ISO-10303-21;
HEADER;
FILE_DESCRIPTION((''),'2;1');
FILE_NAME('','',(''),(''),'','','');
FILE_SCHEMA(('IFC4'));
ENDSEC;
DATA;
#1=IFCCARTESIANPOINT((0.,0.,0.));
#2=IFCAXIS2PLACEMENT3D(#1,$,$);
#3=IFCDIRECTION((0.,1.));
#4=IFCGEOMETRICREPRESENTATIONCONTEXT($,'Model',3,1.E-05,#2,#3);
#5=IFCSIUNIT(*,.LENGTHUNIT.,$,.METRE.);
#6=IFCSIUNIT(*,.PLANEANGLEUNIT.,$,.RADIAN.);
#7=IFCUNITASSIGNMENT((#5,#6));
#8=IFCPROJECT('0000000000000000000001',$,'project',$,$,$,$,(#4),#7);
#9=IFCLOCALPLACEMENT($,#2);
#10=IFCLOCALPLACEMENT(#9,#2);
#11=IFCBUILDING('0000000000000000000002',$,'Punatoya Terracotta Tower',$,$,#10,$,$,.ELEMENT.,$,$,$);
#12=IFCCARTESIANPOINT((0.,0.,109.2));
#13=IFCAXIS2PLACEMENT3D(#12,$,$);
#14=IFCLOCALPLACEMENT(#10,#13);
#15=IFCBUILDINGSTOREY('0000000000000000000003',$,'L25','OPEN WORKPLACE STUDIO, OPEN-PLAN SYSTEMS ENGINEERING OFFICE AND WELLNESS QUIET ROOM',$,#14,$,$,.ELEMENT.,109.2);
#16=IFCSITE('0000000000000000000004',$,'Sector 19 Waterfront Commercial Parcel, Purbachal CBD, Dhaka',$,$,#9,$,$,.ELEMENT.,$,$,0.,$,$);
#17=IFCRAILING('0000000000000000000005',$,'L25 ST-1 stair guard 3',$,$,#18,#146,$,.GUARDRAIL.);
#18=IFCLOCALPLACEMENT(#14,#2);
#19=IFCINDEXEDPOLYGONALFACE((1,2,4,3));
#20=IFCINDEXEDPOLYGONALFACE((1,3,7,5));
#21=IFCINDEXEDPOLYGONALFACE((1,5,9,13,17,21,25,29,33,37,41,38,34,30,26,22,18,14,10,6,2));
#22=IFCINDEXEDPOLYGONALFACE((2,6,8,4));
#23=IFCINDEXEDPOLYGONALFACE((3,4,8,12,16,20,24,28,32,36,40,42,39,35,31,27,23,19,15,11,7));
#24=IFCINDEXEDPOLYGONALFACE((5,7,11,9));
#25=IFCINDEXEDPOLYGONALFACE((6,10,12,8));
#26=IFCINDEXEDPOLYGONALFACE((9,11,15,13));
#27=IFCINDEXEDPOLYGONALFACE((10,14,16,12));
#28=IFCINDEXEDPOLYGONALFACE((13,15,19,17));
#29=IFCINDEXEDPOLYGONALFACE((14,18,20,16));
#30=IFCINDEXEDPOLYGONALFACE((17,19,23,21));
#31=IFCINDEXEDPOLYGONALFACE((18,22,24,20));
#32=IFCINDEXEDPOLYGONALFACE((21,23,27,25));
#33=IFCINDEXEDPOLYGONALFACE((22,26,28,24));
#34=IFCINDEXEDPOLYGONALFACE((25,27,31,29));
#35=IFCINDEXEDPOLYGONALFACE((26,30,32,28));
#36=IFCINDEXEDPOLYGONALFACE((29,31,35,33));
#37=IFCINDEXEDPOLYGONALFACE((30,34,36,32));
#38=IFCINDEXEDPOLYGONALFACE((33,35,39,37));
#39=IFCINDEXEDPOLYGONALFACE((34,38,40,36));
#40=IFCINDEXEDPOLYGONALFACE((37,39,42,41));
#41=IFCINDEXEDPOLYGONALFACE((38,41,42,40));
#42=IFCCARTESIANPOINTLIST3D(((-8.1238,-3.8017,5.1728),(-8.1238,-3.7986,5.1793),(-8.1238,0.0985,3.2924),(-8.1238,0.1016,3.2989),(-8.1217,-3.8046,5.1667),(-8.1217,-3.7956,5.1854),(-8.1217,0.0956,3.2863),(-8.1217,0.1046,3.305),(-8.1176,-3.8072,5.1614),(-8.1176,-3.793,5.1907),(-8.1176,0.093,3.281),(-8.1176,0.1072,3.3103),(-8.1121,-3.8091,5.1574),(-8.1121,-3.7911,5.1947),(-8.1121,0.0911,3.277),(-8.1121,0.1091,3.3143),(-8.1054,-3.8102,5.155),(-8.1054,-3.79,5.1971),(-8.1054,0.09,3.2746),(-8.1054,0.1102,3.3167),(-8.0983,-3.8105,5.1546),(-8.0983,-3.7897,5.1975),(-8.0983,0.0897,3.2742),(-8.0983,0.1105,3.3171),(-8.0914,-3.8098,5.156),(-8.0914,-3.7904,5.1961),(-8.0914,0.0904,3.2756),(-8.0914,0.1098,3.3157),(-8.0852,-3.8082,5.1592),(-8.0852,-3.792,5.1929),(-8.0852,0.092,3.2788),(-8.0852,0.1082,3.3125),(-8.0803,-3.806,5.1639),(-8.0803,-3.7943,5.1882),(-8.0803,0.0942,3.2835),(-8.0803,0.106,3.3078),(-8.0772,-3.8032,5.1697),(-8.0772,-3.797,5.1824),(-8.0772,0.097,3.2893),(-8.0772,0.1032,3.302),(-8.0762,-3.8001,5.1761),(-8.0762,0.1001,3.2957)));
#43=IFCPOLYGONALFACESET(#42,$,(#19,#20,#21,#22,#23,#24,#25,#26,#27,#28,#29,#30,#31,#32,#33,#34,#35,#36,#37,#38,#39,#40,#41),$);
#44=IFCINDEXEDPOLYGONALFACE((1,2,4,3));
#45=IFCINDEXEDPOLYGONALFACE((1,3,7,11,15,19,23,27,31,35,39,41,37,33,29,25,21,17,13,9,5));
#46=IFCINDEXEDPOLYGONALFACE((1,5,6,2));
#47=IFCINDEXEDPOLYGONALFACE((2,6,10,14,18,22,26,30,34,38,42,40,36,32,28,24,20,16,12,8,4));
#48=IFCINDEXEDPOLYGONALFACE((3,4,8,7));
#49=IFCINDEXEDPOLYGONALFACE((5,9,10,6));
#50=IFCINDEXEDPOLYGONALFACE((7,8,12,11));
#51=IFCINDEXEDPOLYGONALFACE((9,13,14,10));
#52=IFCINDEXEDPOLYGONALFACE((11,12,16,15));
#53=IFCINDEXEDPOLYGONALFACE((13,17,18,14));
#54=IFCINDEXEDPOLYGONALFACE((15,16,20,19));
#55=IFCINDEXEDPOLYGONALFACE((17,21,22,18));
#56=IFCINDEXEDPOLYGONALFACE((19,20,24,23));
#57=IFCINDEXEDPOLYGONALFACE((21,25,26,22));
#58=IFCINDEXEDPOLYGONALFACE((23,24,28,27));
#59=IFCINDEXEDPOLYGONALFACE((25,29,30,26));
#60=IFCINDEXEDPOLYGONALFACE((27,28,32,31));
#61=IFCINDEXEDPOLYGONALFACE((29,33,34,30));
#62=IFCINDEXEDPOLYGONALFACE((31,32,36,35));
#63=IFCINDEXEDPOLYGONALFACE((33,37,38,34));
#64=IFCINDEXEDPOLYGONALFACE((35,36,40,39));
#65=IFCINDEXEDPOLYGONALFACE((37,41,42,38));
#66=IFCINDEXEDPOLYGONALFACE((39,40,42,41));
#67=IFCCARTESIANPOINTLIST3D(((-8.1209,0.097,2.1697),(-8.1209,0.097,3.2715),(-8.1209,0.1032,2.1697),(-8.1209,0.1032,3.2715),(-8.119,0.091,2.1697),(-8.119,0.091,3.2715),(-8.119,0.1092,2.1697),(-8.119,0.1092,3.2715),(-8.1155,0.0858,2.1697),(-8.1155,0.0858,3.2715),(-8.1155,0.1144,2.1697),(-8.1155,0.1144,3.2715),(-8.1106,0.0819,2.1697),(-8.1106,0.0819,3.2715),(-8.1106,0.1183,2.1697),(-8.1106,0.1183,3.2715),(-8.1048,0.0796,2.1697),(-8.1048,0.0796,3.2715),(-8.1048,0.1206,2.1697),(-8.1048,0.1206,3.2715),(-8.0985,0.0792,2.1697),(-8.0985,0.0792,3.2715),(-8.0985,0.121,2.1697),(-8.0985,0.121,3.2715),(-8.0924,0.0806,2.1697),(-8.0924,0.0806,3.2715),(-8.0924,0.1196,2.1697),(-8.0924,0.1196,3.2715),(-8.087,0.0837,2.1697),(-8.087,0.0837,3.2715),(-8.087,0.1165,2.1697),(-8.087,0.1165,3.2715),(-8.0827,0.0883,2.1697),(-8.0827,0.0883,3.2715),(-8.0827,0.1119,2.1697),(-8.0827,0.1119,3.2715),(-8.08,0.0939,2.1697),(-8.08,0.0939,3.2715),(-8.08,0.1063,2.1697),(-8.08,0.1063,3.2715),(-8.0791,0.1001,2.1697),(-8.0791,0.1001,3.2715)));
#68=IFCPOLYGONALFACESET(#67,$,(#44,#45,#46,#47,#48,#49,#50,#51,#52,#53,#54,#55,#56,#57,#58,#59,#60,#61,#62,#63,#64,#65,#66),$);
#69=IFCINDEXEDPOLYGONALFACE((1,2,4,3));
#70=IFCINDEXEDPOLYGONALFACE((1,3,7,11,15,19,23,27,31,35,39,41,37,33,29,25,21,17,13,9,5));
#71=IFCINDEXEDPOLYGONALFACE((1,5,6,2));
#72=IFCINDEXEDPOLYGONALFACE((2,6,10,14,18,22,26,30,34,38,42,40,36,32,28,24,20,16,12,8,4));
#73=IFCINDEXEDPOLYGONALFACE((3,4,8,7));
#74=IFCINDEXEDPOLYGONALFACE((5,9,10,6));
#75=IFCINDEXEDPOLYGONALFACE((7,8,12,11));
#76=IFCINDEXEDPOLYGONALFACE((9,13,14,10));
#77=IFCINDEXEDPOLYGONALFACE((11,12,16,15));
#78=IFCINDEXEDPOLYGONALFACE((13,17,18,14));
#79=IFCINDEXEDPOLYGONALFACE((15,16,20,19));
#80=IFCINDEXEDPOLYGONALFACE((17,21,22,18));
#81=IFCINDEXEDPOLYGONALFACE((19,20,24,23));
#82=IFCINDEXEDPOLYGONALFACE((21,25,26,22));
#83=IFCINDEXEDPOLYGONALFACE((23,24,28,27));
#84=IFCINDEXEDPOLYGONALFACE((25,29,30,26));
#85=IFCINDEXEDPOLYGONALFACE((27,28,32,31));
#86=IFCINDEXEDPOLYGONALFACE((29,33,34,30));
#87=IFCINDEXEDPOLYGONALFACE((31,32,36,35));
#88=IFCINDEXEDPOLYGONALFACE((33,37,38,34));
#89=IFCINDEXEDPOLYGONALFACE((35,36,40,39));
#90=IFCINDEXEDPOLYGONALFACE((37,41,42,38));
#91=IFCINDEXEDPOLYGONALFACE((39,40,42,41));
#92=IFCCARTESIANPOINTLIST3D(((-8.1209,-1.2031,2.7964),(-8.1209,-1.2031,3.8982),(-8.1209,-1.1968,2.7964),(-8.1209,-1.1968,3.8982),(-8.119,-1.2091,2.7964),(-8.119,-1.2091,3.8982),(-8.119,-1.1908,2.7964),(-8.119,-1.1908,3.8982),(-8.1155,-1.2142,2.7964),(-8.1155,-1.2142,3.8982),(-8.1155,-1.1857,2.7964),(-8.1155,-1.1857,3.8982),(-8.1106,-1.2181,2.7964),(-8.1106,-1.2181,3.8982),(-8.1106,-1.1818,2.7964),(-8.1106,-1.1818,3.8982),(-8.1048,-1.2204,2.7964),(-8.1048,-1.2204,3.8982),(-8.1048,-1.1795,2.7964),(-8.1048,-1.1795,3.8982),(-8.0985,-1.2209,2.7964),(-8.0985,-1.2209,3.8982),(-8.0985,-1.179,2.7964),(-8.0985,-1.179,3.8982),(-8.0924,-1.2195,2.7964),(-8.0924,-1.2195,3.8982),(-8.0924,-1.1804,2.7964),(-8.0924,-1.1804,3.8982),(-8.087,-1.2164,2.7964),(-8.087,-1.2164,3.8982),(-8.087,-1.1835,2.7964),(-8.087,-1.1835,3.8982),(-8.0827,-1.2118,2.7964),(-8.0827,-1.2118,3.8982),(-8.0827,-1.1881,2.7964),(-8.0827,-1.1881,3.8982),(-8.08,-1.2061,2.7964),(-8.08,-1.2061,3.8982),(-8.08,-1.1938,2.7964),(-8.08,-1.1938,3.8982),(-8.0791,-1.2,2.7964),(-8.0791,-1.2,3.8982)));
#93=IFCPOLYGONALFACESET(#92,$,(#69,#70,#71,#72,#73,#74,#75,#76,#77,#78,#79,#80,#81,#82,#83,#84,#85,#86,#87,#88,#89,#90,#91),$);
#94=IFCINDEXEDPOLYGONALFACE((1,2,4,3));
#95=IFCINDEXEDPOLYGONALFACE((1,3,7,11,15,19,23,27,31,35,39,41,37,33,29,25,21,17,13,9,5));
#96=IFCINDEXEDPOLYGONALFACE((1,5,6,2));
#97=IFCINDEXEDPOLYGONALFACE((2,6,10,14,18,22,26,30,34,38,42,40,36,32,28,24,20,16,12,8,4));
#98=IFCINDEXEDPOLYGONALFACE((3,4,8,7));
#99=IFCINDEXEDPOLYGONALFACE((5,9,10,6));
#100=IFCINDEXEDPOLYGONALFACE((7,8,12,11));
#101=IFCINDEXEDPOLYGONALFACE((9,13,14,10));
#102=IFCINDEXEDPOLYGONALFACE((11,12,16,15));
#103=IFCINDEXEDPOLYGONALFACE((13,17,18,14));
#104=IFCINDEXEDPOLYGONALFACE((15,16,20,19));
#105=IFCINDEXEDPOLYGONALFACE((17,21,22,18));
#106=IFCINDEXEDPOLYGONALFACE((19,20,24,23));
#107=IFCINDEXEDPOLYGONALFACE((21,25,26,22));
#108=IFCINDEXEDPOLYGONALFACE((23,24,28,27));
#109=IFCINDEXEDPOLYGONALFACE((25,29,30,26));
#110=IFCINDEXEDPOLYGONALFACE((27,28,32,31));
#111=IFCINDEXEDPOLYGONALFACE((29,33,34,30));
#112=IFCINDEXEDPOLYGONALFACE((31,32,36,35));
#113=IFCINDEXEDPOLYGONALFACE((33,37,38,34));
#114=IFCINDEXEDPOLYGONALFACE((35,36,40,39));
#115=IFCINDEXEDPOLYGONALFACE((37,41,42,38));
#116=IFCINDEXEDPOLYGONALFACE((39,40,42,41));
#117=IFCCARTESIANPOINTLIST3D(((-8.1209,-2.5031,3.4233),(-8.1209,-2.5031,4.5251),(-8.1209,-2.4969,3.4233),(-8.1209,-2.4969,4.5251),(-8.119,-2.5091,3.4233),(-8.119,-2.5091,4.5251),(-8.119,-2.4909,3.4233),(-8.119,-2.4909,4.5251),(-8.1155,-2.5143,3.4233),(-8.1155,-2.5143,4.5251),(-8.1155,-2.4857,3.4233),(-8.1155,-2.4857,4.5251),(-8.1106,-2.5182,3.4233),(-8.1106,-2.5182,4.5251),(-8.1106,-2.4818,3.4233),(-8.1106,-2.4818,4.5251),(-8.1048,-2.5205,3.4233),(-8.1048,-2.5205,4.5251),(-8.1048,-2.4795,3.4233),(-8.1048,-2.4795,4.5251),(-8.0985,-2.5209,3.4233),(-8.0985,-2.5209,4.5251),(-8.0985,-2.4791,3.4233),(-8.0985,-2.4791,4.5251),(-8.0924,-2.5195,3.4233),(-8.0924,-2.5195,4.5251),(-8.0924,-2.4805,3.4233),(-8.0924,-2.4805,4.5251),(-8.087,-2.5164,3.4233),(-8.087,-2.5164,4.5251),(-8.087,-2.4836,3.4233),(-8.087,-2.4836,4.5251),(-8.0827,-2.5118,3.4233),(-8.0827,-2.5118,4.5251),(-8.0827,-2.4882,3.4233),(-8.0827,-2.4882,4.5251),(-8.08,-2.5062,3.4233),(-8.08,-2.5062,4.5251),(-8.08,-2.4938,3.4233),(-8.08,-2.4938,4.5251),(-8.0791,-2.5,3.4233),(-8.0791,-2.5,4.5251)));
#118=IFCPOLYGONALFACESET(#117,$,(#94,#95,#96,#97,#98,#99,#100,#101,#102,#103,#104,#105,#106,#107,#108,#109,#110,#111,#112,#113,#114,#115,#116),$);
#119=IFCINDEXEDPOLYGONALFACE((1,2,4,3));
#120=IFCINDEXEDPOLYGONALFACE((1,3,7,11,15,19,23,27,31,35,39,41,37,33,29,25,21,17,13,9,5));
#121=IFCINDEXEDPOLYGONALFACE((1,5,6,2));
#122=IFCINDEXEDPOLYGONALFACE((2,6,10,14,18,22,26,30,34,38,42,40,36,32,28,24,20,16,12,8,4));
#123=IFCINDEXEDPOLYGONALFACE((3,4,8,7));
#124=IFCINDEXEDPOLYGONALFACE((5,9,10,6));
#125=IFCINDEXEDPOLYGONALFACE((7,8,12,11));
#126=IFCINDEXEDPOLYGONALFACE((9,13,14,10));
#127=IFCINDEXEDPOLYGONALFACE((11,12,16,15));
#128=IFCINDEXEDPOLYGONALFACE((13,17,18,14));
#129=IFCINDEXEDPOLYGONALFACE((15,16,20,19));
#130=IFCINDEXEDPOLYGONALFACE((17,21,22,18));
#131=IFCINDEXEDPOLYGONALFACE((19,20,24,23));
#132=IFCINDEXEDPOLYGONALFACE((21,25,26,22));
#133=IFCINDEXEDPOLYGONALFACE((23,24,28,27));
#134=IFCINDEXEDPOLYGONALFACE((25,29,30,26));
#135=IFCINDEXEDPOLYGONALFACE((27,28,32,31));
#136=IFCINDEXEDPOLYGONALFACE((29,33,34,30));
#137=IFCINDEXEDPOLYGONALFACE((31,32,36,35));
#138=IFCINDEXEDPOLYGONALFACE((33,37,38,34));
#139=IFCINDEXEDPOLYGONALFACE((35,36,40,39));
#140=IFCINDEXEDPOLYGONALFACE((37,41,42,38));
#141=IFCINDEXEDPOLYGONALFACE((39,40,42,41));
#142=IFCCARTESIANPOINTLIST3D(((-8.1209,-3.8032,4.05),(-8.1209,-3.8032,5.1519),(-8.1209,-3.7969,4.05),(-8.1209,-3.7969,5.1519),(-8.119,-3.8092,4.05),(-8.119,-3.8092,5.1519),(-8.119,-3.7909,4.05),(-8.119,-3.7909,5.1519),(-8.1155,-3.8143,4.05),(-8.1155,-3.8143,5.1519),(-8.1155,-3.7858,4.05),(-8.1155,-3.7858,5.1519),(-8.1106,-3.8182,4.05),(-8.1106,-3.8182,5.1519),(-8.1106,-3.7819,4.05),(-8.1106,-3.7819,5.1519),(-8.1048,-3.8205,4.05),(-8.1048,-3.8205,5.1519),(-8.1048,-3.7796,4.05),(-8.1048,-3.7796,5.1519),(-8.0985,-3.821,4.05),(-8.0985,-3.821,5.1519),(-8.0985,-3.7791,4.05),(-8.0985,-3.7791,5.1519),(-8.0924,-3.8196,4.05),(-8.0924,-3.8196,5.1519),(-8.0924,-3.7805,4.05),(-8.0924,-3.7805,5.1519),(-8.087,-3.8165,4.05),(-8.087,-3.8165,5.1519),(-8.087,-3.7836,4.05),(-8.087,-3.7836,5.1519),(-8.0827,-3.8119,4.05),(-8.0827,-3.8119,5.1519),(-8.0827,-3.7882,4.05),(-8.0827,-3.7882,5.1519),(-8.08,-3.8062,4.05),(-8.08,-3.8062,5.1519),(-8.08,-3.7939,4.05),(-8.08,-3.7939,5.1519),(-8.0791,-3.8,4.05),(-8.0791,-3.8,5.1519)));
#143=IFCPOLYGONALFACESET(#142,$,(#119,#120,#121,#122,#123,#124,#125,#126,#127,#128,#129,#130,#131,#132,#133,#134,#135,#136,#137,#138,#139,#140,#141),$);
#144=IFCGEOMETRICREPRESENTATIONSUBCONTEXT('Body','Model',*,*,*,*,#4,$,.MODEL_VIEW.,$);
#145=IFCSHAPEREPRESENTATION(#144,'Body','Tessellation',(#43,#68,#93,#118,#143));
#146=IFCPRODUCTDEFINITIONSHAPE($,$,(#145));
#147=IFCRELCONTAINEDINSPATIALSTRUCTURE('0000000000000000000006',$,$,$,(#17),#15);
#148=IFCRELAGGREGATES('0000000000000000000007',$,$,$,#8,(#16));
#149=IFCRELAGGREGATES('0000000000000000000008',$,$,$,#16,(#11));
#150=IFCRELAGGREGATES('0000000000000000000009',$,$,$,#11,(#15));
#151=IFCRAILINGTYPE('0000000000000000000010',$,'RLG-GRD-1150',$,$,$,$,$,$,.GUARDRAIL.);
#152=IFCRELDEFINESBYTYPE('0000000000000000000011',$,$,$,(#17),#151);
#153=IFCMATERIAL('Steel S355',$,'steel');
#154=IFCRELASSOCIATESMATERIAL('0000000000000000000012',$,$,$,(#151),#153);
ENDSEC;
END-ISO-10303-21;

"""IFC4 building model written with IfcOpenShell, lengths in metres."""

from ifc_helpers import new_model, si_unit, direction, frame, origin, origin_2d, place, context, subcontext, project, spatial, circle, extrude, material, type_object, element, save


model = new_model("IFC4")

# Units and contexts
model_context = context("Model", 3, precision=1e-05, world=origin(), true_north=direction((0.0, 1.0)))
body_context = subcontext(model_context, "Body", "Model", "MODEL_VIEW")
ifc_project = project(units=[si_unit("LENGTHUNIT", "METRE"), si_unit("PLANEANGLEUNIT", "RADIAN")], contexts=[model_context])

# Site, building, storey
site_placement = place(None, origin())
site = spatial("IfcSite", under=ifc_project, at=site_placement, Name="Sector 19 Waterfront Commercial Parcel, Purbachal CBD, Dhaka", CompositionType="ELEMENT", RefElevation=0.0)
building_placement = place(site_placement, origin())
building = spatial("IfcBuilding", under=site, at=building_placement, Name="Punatoya Terracotta Tower", CompositionType="ELEMENT")
storey_placement = place(building_placement, frame((0.0, 0.0, 109.2)))
storey = spatial("IfcBuildingStorey", under=building, at=storey_placement, Name="L25", Description="OPEN WORKPLACE STUDIO, OPEN-PLAN SYSTEMS ENGINEERING OFFICE AND WELLNESS QUIET ROOM", CompositionType="ELEMENT", Elevation=109.2)

# Railing
ifc_material_1 = material(Name="Steel S355", Category="steel")
railing_type_1 = type_object("IfcRailingType", Name="RLG-GRD-1150", PredefinedType="GUARDRAIL", material=ifc_material_1)
railing_1_placement = place(storey_placement, frame((-8.1001, 0.1001, 2.1697)))
element("IfcRailing", 1, at=railing_1_placement, inside=storey, type_object=railing_type_1, Name="L25 ST-1 stair guard 3", PredefinedType="GUARDRAIL", context=body_context, shape_type="SweptSolid", body=[
    extrude(circle(Radius=0.0239, at=origin_2d()), frame((0.0, 0.0, 1.126), z_axis=(0.0, -0.900774, 0.434289), x_axis=(1.0, 0.0, 0.0)), (0.0, 0.0, 1.0), 4.3298),
    extrude(circle(Radius=0.021, at=origin_2d()), origin(), (0.0, 0.0, 1.0), 1.1018),
    extrude(circle(Radius=0.021, at=origin_2d()), frame((0.0, -1.3, 0.6267)), (0.0, 0.0, 1.0), 1.1018),
    extrude(circle(Radius=0.021, at=origin_2d()), frame((0.0, -2.6001, 1.2537)), (0.0, 0.0, 1.0), 1.1018),
    extrude(circle(Radius=0.021, at=origin_2d()), frame((0.0, -3.9001, 1.8804)), (0.0, 0.0, 1.0), 1.1018),
])

save(model, "model.ifc")
